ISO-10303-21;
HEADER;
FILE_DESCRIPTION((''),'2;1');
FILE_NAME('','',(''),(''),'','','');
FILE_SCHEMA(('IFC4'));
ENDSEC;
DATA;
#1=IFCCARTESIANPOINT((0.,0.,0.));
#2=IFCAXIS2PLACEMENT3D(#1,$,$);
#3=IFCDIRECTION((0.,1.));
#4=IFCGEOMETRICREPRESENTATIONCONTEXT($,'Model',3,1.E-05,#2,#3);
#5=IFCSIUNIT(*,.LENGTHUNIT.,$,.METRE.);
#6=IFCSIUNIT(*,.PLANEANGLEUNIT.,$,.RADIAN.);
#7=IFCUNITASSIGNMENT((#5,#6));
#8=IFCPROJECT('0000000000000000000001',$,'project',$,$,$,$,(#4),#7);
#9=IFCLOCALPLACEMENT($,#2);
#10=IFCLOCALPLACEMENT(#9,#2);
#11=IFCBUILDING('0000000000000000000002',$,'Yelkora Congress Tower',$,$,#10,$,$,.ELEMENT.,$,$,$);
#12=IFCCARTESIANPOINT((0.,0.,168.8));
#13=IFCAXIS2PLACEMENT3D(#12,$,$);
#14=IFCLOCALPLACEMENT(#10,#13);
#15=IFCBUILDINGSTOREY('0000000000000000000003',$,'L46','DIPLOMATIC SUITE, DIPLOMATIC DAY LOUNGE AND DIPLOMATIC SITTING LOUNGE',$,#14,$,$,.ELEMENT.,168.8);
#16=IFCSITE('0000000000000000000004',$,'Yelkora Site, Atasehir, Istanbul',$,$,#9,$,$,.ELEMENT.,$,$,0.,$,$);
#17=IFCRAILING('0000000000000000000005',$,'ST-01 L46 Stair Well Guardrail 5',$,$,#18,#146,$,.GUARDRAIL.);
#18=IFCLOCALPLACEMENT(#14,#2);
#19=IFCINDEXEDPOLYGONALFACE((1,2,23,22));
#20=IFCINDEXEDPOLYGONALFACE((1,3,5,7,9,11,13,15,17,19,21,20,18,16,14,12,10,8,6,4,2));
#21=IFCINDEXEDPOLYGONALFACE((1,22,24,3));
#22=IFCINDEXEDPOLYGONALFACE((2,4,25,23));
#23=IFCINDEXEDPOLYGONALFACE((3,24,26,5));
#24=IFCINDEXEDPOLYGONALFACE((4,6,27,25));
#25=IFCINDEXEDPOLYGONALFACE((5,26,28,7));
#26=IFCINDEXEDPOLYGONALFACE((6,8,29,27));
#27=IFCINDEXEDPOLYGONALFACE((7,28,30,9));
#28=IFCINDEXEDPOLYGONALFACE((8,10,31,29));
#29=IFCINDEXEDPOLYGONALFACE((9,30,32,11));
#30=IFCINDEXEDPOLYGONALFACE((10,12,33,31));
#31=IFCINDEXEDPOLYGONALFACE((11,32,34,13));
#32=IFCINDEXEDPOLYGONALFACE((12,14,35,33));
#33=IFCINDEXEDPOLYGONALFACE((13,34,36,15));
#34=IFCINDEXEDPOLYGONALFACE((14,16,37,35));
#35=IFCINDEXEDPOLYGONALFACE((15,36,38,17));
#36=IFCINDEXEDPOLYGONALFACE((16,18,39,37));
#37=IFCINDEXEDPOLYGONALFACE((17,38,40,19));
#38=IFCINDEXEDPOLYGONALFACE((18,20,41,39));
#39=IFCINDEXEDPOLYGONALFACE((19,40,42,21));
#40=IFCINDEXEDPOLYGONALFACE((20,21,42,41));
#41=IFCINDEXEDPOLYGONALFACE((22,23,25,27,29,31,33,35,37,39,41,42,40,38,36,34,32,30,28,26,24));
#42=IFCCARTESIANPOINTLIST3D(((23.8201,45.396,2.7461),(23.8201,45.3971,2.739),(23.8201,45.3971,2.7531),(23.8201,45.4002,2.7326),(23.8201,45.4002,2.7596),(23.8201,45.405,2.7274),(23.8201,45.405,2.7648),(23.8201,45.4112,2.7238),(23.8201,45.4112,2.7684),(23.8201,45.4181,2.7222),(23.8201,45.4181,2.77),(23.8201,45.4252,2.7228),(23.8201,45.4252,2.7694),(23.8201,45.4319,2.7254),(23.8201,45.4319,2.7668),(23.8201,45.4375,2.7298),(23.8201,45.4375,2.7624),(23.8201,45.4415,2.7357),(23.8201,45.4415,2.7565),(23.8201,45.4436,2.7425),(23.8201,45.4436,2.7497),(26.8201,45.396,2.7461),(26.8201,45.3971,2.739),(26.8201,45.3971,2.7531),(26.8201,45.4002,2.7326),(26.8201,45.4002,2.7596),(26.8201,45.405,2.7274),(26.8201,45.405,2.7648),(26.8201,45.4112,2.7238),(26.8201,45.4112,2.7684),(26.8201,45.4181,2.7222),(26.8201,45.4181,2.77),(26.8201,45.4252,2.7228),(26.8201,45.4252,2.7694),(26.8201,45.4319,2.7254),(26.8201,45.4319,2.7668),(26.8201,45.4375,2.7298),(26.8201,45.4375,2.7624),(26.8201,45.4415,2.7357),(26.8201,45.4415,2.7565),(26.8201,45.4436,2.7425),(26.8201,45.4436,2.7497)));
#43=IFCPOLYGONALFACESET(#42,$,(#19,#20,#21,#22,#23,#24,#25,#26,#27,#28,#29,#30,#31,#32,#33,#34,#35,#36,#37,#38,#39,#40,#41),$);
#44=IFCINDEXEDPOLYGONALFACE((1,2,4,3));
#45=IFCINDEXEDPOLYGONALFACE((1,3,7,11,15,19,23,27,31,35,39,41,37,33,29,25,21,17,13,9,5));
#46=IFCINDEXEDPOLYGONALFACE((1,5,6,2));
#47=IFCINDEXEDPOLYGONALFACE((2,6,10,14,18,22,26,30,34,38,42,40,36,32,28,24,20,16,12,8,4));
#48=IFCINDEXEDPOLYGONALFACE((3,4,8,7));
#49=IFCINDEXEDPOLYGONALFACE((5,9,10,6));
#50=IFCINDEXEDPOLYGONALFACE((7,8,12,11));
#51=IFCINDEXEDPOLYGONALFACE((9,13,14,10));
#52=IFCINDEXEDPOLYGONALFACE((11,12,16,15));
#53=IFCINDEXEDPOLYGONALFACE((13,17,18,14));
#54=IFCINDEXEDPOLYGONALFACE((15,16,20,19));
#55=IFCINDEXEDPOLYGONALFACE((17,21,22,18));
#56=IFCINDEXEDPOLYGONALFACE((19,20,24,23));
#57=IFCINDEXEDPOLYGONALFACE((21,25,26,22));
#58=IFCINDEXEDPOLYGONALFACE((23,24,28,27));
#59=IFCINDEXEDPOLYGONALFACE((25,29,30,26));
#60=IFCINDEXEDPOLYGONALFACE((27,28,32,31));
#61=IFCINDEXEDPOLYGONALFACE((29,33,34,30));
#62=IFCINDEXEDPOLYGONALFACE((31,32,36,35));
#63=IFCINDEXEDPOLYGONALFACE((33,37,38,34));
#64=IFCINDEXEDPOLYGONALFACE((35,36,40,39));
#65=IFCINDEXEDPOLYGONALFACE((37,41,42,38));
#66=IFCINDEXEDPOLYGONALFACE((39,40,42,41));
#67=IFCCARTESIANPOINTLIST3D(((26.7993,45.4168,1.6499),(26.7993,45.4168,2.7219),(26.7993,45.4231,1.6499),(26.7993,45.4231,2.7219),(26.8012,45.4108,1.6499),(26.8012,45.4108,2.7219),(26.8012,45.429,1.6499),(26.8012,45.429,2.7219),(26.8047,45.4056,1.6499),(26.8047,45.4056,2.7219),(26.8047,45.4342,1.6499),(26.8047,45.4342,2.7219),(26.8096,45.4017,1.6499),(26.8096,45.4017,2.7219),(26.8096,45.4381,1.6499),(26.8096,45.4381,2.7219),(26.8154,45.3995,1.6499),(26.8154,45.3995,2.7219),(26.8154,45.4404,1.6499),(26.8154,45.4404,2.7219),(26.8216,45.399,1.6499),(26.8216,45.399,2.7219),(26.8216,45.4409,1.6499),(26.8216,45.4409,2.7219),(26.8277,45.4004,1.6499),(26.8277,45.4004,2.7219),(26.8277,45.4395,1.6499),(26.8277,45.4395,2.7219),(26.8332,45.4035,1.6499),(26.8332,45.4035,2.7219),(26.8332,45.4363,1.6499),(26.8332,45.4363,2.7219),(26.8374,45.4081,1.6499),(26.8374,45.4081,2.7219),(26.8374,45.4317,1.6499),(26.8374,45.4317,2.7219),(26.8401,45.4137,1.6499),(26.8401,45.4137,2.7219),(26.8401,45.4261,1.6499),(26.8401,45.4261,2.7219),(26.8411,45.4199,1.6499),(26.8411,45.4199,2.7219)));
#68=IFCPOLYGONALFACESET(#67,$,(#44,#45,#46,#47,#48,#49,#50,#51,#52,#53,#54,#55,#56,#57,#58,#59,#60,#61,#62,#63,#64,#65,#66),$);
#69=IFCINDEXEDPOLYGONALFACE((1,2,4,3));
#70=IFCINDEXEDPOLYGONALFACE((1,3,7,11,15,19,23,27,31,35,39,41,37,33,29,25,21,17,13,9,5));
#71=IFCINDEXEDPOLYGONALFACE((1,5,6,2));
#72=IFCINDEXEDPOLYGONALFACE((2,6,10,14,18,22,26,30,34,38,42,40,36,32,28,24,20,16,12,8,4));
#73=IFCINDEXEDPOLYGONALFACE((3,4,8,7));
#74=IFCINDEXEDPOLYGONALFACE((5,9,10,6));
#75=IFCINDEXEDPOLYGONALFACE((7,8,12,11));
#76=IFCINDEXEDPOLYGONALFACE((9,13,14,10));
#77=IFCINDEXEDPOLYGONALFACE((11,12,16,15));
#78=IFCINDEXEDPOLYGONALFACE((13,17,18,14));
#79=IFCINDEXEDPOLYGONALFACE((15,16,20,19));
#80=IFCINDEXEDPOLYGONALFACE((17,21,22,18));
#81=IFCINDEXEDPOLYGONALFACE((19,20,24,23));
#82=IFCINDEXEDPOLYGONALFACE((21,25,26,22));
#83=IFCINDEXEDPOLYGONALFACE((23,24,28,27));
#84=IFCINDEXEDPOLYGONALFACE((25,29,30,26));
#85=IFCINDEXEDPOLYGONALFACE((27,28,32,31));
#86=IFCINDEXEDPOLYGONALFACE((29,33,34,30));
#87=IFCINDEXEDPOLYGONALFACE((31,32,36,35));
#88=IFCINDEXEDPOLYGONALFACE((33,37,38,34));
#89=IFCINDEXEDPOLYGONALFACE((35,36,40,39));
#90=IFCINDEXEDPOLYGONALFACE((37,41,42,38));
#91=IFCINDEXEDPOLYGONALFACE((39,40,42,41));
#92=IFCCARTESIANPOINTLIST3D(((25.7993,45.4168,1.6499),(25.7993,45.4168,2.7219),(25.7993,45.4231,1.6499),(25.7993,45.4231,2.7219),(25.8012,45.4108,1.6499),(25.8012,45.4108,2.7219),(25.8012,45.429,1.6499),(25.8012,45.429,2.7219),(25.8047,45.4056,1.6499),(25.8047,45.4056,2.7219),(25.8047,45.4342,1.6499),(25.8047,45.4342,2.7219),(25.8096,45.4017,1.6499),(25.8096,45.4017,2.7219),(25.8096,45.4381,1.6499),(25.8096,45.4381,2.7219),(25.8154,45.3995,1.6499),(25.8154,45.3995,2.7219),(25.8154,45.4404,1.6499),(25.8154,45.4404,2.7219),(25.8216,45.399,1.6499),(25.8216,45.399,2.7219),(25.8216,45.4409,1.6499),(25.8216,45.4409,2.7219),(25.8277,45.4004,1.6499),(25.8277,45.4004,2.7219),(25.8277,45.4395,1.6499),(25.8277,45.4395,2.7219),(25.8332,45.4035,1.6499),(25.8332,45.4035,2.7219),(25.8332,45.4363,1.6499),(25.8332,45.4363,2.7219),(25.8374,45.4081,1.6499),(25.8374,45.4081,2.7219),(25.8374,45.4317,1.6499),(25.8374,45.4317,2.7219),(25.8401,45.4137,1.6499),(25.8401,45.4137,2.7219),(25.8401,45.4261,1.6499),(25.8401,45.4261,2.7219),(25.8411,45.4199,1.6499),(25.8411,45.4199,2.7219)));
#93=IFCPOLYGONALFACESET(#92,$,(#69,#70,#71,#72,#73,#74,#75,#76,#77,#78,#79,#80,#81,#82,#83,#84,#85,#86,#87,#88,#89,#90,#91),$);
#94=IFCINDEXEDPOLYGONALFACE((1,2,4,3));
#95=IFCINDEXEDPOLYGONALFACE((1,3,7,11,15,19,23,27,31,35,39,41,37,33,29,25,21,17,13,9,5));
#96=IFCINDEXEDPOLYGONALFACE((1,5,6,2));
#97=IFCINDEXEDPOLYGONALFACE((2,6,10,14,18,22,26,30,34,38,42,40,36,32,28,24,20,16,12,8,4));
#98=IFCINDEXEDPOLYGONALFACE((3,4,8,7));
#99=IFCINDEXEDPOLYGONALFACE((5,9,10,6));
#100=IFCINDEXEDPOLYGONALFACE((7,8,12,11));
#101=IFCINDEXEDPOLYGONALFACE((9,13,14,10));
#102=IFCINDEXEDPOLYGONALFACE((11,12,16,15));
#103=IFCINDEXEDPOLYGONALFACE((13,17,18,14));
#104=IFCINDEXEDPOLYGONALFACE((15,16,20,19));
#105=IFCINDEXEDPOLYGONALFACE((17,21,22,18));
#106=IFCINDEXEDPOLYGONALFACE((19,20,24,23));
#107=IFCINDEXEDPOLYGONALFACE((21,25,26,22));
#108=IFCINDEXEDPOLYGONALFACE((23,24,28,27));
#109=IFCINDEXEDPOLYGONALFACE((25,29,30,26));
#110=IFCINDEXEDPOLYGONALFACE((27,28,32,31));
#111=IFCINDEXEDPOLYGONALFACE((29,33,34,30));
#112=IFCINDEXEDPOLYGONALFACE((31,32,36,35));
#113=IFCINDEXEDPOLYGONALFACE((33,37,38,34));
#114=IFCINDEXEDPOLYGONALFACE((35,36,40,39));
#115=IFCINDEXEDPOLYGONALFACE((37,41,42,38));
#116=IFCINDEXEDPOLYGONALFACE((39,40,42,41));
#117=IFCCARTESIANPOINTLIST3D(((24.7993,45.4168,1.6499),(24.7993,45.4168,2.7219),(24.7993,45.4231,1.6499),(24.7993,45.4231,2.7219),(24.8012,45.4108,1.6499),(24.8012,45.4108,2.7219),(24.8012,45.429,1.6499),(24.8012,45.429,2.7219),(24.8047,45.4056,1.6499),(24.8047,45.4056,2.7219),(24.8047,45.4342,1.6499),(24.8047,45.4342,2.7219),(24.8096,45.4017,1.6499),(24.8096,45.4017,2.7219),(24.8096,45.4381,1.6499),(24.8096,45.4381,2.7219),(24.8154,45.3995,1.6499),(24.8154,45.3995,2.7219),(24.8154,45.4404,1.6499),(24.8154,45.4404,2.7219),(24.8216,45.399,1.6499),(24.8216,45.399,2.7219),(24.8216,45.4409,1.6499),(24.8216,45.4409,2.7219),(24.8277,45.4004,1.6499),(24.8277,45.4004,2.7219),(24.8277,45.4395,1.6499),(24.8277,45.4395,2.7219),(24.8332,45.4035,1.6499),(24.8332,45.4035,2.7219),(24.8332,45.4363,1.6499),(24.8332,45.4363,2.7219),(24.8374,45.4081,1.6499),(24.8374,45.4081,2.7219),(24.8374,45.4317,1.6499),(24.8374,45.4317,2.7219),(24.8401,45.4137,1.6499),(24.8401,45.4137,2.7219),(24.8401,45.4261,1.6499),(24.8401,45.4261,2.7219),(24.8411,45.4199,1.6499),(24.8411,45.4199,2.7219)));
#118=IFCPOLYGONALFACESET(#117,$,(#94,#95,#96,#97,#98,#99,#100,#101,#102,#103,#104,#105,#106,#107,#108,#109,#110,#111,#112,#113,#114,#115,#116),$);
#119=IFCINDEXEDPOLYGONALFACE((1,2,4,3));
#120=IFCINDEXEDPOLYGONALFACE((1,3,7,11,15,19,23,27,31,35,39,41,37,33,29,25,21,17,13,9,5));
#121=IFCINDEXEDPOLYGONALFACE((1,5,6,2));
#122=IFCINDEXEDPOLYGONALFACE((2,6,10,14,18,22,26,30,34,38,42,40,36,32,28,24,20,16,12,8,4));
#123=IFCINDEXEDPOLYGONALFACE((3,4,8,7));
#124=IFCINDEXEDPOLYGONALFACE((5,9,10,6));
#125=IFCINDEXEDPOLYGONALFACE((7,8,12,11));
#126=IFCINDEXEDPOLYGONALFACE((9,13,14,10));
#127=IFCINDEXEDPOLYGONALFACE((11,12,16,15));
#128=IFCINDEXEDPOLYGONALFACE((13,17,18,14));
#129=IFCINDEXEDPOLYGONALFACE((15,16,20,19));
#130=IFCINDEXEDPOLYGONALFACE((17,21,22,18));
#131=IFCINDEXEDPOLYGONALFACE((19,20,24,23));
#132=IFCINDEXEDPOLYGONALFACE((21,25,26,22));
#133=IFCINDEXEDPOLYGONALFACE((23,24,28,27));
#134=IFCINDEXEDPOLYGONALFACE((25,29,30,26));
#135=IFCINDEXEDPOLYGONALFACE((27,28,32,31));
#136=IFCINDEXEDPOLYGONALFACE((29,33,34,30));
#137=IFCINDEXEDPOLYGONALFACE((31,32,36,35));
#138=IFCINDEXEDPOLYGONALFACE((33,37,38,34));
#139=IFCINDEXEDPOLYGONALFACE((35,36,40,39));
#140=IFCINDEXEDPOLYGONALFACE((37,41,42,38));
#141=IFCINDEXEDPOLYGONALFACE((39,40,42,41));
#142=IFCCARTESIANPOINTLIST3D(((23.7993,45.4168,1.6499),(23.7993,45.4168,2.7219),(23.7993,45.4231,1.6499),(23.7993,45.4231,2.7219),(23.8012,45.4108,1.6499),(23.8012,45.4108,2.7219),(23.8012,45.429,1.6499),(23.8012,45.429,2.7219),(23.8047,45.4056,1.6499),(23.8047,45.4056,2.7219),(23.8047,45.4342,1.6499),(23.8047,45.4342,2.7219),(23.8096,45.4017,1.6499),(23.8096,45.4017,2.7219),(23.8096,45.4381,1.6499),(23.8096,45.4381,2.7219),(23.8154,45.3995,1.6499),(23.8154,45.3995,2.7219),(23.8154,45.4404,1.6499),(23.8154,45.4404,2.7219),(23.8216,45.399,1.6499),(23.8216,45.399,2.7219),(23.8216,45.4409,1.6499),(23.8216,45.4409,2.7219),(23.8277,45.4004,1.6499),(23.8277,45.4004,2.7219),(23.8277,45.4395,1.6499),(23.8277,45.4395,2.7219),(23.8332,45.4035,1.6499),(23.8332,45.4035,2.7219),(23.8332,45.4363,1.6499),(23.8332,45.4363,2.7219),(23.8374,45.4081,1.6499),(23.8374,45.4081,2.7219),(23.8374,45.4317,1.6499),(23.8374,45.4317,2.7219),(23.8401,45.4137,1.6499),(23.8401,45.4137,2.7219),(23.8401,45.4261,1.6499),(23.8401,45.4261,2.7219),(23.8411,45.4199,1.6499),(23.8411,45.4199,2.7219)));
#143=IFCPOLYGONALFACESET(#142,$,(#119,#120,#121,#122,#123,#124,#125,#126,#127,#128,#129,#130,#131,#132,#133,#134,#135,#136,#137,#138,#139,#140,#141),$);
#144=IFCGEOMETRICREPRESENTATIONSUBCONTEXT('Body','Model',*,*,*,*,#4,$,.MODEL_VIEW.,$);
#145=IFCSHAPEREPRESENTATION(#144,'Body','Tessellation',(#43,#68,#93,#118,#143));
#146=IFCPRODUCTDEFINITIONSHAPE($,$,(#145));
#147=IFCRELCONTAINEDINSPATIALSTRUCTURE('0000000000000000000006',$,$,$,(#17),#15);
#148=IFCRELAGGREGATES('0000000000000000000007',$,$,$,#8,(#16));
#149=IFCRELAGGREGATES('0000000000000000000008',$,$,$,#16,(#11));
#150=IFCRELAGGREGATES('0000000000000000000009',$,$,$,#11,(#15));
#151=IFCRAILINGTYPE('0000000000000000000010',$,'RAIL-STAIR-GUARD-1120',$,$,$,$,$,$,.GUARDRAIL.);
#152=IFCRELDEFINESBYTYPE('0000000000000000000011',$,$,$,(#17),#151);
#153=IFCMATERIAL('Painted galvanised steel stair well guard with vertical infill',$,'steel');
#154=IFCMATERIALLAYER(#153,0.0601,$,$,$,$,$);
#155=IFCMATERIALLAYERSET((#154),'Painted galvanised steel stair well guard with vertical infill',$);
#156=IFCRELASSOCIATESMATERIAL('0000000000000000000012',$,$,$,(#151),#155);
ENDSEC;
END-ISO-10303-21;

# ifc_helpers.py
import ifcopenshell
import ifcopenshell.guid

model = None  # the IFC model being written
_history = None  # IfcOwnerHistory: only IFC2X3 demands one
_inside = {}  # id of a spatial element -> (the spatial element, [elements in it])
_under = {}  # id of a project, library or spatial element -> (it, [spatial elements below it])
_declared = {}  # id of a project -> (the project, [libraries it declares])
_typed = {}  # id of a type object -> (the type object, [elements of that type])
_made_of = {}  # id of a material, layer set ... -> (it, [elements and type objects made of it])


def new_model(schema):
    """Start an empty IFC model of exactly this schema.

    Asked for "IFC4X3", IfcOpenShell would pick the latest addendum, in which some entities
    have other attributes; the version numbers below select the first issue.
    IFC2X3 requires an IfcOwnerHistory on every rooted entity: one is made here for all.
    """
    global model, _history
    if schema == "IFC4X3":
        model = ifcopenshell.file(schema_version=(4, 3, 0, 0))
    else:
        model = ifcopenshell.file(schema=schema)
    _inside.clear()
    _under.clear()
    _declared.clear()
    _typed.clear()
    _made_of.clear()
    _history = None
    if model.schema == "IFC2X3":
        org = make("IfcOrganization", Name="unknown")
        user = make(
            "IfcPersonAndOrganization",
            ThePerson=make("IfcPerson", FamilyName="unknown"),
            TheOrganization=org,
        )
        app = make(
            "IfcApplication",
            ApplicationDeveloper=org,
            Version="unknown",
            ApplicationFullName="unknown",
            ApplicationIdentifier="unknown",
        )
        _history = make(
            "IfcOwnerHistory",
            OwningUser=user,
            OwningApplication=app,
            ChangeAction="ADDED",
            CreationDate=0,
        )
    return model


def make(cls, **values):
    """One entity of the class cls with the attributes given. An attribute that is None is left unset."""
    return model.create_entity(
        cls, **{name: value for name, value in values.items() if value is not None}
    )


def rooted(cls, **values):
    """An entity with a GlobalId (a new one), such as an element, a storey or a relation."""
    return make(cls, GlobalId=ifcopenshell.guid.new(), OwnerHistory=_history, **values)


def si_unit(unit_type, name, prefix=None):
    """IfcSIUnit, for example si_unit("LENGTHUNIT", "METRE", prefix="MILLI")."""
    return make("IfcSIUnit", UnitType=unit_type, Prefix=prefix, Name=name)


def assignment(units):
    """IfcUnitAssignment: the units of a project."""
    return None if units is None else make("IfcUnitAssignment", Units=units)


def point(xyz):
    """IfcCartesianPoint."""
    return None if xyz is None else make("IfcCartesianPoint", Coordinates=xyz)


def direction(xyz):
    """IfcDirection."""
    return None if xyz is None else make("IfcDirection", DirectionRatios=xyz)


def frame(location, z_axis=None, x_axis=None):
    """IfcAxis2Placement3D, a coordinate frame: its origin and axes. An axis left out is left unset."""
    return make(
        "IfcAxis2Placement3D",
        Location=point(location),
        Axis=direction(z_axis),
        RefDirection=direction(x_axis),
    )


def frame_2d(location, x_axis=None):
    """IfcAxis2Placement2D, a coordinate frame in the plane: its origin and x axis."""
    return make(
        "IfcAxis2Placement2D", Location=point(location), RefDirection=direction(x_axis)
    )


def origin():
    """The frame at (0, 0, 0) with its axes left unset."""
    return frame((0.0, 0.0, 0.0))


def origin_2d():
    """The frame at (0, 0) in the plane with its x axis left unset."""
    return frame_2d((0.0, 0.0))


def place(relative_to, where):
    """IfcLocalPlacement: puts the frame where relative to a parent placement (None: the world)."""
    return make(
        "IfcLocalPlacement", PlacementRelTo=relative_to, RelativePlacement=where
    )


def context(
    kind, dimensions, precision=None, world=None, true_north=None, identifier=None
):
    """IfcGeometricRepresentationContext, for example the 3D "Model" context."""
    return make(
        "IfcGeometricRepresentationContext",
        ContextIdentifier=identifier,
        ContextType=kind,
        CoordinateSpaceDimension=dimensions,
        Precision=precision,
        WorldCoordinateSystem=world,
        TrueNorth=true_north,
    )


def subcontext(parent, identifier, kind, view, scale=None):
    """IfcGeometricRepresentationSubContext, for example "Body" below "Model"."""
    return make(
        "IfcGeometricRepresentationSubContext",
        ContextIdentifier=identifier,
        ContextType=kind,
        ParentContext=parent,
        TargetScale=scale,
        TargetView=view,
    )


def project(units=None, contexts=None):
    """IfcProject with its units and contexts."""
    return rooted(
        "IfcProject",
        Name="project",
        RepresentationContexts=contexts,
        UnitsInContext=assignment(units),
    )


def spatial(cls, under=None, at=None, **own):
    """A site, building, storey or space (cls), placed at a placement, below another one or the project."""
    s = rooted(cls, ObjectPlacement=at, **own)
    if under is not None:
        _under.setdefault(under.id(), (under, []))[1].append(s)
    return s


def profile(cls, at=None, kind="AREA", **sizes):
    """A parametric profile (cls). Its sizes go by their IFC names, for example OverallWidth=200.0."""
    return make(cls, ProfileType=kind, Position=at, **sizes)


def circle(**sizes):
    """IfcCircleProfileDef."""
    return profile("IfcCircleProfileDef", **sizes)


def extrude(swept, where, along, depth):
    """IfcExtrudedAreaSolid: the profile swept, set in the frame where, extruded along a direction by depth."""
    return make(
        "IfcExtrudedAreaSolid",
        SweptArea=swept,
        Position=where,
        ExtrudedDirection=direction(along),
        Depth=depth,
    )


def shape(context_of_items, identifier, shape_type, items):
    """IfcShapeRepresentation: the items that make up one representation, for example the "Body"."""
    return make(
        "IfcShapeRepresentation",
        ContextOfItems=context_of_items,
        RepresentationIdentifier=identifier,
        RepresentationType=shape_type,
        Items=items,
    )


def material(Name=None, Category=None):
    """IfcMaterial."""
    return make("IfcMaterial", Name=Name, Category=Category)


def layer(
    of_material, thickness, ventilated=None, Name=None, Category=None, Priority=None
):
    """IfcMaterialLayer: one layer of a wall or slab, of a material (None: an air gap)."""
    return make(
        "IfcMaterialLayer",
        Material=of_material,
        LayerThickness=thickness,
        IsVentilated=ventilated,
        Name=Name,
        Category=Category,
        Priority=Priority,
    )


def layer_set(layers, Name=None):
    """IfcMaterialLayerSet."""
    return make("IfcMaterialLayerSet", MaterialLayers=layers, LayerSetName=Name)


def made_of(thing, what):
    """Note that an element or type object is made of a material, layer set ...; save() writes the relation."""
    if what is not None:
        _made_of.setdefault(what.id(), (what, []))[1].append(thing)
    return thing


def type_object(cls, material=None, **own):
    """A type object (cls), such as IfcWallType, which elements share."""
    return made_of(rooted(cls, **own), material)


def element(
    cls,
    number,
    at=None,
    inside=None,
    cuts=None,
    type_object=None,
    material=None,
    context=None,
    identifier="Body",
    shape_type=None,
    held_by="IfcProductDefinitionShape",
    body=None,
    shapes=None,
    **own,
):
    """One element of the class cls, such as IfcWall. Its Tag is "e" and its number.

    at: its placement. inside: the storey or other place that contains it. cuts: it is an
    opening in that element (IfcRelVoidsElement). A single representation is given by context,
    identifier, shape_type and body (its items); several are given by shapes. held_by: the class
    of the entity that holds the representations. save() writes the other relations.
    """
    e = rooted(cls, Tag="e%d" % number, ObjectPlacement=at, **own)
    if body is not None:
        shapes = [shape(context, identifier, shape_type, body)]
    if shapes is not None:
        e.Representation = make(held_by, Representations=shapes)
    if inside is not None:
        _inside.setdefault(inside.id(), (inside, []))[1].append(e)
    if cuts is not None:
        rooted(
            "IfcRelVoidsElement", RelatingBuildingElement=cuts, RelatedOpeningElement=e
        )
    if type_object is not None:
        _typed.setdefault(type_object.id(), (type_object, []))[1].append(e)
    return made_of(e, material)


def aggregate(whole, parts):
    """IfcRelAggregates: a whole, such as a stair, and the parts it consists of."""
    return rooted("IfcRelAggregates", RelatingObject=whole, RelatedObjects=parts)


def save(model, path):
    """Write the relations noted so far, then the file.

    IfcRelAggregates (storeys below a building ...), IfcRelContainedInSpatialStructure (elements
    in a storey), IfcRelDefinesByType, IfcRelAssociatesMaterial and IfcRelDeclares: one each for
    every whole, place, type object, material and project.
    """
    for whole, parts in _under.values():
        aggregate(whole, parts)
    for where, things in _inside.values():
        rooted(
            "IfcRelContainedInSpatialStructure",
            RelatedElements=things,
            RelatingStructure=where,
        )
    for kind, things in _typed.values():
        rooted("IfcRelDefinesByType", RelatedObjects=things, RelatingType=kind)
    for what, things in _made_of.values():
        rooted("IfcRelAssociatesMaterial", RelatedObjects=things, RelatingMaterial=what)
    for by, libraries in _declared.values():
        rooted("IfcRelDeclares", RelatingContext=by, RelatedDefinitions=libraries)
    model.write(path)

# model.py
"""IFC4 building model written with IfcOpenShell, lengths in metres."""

from ifc_helpers import new_model, si_unit, direction, frame, origin, origin_2d, place, context, subcontext, project, spatial, circle, extrude, material, layer, layer_set, type_object, element, save


model = new_model("IFC4")

# Units and contexts
model_context = context("Model", 3, precision=1e-05, world=origin(), true_north=direction((0.0, 1.0)))
body_context = subcontext(model_context, "Body", "Model", "MODEL_VIEW")
ifc_project = project(units=[si_unit("LENGTHUNIT", "METRE"), si_unit("PLANEANGLEUNIT", "RADIAN")], contexts=[model_context])

# Site, building, storey
site_placement = place(None, origin())
site = spatial("IfcSite", under=ifc_project, at=site_placement, Name="Yelkora Site, Atasehir, Istanbul", CompositionType="ELEMENT", RefElevation=0.0)
building_placement = place(site_placement, origin())
building = spatial("IfcBuilding", under=site, at=building_placement, Name="Yelkora Congress Tower", CompositionType="ELEMENT")
storey_placement = place(building_placement, frame((0.0, 0.0, 168.8)))
storey = spatial("IfcBuildingStorey", under=building, at=storey_placement, Name="L46", Description="DIPLOMATIC SUITE, DIPLOMATIC DAY LOUNGE AND DIPLOMATIC SITTING LOUNGE", CompositionType="ELEMENT", Elevation=168.8)

# Railing
ifc_material_1 = material(Name="Painted galvanised steel stair well guard with vertical infill", Category="steel")
ifc_layer_1 = layer(ifc_material_1, 0.0601)
ifc_layer_set_1 = layer_set([ifc_layer_1], Name="Painted galvanised steel stair well guard with vertical infill")
railing_type = type_object("IfcRailingType", Name="RAIL-STAIR-GUARD-1120", PredefinedType="GUARDRAIL", material=ifc_layer_set_1)
railing_1_placement = place(storey_placement, frame((26.8201, 45.4199, 1.6499)))
element("IfcRailing", 1, at=railing_1_placement, inside=storey, type_object=railing_type, Name="ST-01 L46 Stair Well Guardrail 5", PredefinedType="GUARDRAIL", context=body_context, shape_type="SweptSolid", body=[
    extrude(circle(Radius=0.0239, at=origin_2d()), frame((0.0, 0.0, 1.0962), z_axis=(-1.0, 0.0, 0.0), x_axis=(0.0, -1.0, 0.0)), (0.0, 0.0, 1.0), 3.0),
    extrude(circle(Radius=0.021, at=origin_2d()), origin(), (0.0, 0.0, 1.0), 1.072),
    extrude(circle(Radius=0.021, at=origin_2d()), frame((-1.0, 0.0, 0.0)), (0.0, 0.0, 1.0), 1.072),
    extrude(circle(Radius=0.021, at=origin_2d()), frame((-2.0, 0.0, 0.0)), (0.0, 0.0, 1.0), 1.072),
    extrude(circle(Radius=0.021, at=origin_2d()), frame((-3.0, 0.0, 0.0)), (0.0, 0.0, 1.0), 1.072),
])

save(model, "model.ifc")
